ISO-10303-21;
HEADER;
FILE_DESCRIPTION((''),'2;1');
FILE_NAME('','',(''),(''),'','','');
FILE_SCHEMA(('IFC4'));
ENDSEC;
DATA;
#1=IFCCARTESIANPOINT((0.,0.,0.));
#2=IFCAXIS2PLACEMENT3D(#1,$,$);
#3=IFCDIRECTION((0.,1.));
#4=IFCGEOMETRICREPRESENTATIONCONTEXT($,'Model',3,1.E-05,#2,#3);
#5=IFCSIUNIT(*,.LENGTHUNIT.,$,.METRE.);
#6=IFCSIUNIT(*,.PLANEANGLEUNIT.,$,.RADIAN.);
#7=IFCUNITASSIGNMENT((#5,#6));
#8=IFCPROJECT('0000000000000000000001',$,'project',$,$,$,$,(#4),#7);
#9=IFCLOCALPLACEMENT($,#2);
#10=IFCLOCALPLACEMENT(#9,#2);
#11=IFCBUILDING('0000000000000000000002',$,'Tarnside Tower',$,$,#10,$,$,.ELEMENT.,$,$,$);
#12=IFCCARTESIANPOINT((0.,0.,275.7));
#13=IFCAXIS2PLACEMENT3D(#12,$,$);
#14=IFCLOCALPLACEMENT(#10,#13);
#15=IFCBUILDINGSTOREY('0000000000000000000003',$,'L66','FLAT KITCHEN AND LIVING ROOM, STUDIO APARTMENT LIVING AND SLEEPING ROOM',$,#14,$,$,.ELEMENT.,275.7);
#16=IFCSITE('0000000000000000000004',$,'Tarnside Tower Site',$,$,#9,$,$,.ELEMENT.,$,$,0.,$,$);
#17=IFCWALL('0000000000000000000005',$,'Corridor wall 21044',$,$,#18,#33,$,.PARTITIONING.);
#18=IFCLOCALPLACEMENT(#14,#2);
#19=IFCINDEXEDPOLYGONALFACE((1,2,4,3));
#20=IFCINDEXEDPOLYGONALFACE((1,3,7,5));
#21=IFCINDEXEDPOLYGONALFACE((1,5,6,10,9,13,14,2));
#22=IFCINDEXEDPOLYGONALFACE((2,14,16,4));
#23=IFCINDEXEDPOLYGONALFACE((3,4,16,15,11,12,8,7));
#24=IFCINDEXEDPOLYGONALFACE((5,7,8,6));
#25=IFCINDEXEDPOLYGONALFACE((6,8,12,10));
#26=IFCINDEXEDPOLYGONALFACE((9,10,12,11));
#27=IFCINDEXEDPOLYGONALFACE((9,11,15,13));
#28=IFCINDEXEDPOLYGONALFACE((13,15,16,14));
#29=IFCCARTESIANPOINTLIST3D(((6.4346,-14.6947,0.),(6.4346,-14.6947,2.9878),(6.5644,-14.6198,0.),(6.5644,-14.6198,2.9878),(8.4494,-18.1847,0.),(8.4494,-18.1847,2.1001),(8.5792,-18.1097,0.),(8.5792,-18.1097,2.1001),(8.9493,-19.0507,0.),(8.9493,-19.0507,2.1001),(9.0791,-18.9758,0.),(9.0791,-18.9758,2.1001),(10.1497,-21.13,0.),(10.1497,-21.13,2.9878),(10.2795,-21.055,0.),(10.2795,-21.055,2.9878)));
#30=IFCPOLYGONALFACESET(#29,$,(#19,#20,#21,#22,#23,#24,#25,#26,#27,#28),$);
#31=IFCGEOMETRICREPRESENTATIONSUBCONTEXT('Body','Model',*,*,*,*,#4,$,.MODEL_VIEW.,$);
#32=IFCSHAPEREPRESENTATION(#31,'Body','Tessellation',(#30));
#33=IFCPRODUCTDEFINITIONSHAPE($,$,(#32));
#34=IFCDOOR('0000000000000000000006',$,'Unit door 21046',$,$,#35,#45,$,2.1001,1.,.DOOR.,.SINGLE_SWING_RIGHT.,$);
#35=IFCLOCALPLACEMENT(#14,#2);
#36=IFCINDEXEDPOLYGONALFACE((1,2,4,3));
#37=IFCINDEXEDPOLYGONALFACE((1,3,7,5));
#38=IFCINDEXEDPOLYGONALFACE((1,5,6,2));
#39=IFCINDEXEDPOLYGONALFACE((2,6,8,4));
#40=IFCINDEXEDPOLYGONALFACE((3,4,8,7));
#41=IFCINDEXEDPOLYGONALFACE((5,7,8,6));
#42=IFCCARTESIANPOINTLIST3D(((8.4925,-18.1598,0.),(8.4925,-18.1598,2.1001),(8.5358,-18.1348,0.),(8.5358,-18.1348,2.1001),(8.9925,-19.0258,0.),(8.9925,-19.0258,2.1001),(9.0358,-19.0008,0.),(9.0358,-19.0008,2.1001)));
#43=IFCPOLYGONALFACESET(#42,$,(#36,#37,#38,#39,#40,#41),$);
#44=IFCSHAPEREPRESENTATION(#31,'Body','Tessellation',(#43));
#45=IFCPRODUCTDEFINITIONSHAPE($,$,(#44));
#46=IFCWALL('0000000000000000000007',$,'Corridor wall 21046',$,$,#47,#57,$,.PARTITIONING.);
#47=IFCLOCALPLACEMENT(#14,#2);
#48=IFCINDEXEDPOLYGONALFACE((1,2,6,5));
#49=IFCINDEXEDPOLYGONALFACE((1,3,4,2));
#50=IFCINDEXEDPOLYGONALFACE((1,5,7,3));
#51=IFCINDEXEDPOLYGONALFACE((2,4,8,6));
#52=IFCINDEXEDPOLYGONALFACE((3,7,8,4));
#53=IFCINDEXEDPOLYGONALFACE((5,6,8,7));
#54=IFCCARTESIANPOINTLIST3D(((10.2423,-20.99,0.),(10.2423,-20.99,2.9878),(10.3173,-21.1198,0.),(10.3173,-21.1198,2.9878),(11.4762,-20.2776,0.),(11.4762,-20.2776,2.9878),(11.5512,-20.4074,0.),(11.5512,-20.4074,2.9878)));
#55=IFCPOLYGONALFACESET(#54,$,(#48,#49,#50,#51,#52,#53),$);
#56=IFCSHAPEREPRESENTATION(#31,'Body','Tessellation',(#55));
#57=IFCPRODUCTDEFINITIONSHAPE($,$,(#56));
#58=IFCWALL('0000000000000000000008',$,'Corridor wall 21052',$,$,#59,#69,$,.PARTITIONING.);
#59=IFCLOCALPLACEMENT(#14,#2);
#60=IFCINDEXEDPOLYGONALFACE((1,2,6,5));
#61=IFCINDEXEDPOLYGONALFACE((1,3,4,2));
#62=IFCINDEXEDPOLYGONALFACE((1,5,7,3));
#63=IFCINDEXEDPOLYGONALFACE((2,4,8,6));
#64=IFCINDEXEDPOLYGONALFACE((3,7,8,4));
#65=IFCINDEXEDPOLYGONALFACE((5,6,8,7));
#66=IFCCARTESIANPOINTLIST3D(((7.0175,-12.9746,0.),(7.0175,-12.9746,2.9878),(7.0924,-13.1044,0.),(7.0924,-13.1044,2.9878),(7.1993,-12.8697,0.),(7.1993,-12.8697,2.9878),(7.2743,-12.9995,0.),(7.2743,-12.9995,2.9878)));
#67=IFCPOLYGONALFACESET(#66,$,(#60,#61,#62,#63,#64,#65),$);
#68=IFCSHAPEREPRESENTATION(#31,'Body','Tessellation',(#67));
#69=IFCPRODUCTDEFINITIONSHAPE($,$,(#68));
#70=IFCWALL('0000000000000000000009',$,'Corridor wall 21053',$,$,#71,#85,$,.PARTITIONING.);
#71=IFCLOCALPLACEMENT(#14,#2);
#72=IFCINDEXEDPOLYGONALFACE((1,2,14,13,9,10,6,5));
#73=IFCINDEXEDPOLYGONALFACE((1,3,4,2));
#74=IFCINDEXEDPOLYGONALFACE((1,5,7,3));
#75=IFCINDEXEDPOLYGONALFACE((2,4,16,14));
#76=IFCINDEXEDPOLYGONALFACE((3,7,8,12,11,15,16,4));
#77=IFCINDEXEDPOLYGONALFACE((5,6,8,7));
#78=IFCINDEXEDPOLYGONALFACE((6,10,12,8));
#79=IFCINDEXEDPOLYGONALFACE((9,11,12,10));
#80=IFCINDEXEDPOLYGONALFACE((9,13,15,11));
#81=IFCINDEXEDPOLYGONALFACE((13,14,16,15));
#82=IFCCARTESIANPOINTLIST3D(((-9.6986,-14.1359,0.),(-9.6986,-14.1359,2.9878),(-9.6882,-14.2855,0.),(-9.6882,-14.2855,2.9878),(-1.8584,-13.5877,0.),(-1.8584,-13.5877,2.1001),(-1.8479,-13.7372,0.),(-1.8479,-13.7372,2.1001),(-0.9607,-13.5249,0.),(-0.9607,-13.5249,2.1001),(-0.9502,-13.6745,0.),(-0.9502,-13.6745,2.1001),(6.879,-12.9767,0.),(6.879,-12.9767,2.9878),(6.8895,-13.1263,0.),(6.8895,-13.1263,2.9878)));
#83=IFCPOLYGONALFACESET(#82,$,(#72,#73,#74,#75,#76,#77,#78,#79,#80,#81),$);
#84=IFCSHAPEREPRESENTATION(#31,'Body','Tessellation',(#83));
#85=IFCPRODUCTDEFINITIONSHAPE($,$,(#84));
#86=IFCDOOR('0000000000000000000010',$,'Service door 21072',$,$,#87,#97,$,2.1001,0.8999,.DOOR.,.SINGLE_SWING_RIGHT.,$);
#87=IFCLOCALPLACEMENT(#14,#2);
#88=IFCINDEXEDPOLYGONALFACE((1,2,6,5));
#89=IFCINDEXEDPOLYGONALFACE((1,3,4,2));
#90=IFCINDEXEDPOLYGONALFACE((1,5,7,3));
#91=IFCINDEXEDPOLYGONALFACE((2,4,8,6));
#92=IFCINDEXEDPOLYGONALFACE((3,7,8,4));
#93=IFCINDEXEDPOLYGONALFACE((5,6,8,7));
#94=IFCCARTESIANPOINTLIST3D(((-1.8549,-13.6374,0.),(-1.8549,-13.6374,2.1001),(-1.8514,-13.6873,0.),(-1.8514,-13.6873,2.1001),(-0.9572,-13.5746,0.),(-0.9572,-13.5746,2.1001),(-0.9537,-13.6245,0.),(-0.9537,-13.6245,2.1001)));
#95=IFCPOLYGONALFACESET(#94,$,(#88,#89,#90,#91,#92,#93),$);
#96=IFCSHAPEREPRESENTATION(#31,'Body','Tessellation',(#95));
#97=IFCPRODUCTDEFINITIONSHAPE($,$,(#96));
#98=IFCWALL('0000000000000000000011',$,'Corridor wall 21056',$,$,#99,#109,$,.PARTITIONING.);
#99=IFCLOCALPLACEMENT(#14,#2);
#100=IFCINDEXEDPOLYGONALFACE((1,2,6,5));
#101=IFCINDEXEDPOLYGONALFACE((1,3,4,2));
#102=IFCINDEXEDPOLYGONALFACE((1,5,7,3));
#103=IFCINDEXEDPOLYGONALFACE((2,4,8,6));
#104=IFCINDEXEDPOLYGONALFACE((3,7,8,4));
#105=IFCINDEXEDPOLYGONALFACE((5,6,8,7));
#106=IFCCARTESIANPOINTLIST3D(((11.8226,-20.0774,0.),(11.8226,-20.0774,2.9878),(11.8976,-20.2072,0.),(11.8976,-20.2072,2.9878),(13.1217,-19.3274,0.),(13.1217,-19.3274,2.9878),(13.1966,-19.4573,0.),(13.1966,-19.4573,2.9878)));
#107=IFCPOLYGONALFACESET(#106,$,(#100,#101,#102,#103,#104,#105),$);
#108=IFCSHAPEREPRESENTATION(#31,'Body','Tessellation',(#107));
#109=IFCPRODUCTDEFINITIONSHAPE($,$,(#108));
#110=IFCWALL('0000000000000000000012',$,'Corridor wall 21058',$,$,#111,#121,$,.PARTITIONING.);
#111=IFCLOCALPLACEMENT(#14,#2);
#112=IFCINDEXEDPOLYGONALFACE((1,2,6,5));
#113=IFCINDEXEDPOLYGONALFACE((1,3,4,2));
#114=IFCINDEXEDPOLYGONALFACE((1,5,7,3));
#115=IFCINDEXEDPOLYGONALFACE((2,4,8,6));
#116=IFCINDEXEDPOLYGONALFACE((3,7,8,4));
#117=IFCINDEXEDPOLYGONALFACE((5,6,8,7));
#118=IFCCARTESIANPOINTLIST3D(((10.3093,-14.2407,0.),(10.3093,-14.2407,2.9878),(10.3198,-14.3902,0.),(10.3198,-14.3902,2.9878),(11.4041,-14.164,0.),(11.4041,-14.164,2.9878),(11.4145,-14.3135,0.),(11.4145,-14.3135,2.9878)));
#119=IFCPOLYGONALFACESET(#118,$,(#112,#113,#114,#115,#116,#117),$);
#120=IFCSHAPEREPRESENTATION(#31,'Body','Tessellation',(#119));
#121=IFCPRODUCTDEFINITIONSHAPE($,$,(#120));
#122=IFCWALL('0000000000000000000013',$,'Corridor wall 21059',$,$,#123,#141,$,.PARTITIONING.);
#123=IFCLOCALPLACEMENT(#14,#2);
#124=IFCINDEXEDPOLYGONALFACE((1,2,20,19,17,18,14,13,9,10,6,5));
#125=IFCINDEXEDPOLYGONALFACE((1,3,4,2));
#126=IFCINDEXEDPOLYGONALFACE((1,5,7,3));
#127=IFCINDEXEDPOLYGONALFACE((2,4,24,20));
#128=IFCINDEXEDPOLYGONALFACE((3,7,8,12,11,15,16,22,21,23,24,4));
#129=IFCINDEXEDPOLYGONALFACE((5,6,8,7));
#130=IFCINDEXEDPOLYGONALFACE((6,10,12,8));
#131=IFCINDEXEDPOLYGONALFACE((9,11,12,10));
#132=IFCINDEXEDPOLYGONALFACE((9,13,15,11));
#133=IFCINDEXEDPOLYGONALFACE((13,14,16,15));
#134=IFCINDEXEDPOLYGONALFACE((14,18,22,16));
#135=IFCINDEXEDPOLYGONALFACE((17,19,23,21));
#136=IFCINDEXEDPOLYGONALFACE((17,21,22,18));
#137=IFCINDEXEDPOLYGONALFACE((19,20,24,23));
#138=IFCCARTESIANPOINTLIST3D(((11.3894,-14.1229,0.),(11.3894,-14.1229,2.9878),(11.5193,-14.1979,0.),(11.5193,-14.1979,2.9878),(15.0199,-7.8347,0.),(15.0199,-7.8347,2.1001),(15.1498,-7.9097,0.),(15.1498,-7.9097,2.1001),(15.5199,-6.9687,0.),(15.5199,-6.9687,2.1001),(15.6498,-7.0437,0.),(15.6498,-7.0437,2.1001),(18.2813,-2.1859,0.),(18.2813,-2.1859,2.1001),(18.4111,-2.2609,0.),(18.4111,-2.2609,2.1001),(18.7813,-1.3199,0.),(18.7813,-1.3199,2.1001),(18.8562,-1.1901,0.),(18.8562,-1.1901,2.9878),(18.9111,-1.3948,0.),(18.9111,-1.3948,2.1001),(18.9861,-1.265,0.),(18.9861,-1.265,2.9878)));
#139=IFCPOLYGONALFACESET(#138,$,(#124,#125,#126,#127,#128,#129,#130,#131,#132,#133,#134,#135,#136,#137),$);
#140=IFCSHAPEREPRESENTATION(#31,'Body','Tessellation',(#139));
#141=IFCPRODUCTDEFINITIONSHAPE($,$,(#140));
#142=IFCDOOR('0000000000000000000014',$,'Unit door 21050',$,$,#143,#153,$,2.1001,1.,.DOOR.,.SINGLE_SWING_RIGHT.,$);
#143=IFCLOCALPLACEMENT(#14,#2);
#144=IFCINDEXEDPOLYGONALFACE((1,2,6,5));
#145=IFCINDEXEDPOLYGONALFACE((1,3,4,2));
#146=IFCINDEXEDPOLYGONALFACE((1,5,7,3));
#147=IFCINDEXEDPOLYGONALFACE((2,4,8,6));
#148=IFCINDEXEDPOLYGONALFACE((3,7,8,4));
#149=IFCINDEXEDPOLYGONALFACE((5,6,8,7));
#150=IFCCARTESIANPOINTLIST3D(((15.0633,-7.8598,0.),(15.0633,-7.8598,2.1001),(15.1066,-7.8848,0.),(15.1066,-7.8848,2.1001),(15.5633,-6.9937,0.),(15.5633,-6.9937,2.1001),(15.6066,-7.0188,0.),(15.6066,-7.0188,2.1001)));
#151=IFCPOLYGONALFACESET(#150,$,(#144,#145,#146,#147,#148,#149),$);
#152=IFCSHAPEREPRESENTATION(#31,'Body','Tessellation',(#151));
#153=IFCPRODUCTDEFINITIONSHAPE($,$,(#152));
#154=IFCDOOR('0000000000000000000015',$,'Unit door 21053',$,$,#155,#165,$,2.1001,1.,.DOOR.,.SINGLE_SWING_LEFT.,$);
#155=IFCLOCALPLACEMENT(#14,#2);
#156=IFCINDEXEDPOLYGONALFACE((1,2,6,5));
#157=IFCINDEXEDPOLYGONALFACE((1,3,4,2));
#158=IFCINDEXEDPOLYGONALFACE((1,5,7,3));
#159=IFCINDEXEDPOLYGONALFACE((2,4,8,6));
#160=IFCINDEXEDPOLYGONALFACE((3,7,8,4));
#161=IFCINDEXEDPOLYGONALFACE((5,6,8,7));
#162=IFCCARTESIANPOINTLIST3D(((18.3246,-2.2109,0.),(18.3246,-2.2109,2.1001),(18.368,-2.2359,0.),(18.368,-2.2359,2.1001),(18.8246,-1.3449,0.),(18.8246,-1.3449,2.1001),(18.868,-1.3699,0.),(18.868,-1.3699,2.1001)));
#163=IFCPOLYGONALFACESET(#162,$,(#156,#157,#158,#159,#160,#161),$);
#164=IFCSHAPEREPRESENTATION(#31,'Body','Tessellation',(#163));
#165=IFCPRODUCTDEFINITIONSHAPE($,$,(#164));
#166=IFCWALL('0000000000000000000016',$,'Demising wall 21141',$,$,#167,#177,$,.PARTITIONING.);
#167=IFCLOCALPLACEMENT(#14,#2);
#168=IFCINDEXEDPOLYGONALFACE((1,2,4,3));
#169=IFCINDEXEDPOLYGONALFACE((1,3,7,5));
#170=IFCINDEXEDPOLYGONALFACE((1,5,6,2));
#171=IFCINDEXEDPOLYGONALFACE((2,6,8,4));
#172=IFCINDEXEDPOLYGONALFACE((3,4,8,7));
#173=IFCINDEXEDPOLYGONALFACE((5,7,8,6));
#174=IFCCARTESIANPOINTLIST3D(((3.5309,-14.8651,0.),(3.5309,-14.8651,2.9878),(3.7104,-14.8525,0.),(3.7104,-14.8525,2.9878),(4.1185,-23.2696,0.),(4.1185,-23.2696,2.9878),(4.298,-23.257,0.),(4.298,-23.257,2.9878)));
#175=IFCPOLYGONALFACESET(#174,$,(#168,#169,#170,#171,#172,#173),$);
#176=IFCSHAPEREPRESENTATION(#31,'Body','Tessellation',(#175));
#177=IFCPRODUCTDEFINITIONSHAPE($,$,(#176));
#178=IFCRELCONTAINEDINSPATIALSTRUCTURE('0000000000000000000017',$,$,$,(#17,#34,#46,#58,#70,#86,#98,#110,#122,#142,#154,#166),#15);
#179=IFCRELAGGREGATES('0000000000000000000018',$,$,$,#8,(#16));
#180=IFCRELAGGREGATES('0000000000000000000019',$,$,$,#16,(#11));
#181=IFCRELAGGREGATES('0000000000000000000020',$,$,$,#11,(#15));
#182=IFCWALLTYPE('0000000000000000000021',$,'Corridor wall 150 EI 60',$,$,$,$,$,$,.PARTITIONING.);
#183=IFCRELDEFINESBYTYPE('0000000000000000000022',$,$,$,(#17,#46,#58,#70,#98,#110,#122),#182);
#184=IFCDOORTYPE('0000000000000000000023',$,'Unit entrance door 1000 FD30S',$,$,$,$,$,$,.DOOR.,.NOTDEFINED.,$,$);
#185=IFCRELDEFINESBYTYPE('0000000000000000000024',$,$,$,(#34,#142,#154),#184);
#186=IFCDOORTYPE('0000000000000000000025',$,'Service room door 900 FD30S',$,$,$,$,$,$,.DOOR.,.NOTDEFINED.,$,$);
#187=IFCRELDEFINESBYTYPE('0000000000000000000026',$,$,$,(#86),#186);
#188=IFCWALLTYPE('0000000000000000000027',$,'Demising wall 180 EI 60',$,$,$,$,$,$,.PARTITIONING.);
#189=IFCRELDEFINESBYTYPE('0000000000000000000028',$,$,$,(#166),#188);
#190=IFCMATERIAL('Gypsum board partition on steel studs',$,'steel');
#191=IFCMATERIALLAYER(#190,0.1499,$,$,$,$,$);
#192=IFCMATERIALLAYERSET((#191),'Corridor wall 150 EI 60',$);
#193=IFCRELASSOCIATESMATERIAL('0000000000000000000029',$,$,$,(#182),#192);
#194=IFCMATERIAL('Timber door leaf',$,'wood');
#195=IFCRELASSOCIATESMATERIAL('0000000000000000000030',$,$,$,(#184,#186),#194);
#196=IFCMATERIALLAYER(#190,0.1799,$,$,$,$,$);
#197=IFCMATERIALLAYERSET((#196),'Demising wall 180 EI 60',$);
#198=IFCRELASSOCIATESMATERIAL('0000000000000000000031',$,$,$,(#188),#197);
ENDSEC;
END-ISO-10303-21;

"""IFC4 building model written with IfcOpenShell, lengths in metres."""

from ifc_helpers import new_model, si_unit, direction, frame, frame_2d, origin, place, context, subcontext, project, spatial, rectangle, extrude, material, layer, layer_set, type_object, element, fill, save


model = new_model("IFC4")

# Units and contexts
model_context = context("Model", 3, precision=1e-05, world=origin(), true_north=direction((0.0, 1.0)))
body_context = subcontext(model_context, "Body", "Model", "MODEL_VIEW")
ifc_project = project(units=[si_unit("LENGTHUNIT", "METRE"), si_unit("PLANEANGLEUNIT", "RADIAN")], contexts=[model_context])

# Site, building, storey
site_placement = place(None, origin())
site = spatial("IfcSite", under=ifc_project, at=site_placement, Name="Tarnside Tower Site", CompositionType="ELEMENT", RefElevation=0.0)
building_placement = place(site_placement, origin())
building = spatial("IfcBuilding", under=site, at=building_placement, Name="Tarnside Tower", CompositionType="ELEMENT")
storey_placement = place(building_placement, frame((0.0, 0.0, 275.7)))
storey = spatial("IfcBuildingStorey", under=building, at=storey_placement, Name="L66", Description="FLAT KITCHEN AND LIVING ROOM, STUDIO APARTMENT LIVING AND SLEEPING ROOM", CompositionType="ELEMENT", Elevation=275.7)

# Wall, opening, door
ifc_material_1 = material(Name="Gypsum board partition on steel studs", Category="steel")
ifc_layer_1 = layer(ifc_material_1, 0.1499)
ifc_layer_set_1 = layer_set([ifc_layer_1], Name="Corridor wall 150 EI 60")
wall_type_1 = type_object("IfcWallType", Name="Corridor wall 150 EI 60", PredefinedType="PARTITIONING", material=ifc_layer_set_1)
wall_1_placement = place(storey_placement, frame((6.4995, -14.6572, 0.0), z_axis=(0.0, 0.0, 1.0), x_axis=(0.499966, -0.866045, 0.0)))
wall_1 = element("IfcWall", 1, at=wall_1_placement, inside=storey, type_object=wall_type_1, Name="Corridor wall 21044", PredefinedType="PARTITIONING", context=body_context, shape_type="SweptSolid", body=[
    extrude(rectangle(XDim=7.4307, YDim=0.1499, at=frame_2d((3.7153, 0.0))), origin(), (0.0, 0.0, 1.0), 2.9878),
])
opening_1_placement = place(wall_1_placement, frame((4.0298, 0.0, 0.0)))
opening_1 = element("IfcOpeningElement", 2, at=opening_1_placement, cuts=wall_1, PredefinedType="OPENING", context=body_context, shape_type="SweptSolid", body=[
    extrude(rectangle(XDim=1.0, YDim=2.1001, at=frame_2d((0.5, 1.05))), frame((0.0, 0.085, 0.0), z_axis=(0.0, -1.0, 0.0), x_axis=(1.0, 0.0, 0.0)), (0.0, 0.0, 1.0), 0.1699),
])
ifc_material_2 = material(Name="Timber door leaf", Category="wood")
door_type_1 = type_object("IfcDoorType", Name="Unit entrance door 1000 FD30S", OperationType="NOTDEFINED", PredefinedType="DOOR", material=ifc_material_2)
door_1_placement = place(opening_1_placement, origin())
door_1 = element("IfcDoor", 3, at=door_1_placement, inside=storey, type_object=door_type_1, Name="Unit door 21046", OperationType="SINGLE_SWING_RIGHT", OverallHeight=2.1001, OverallWidth=1.0, PredefinedType="DOOR", context=body_context, shape_type="SweptSolid", body=[
    extrude(rectangle(XDim=1.0, YDim=2.1001, at=frame_2d((0.5, 1.05))), frame((0.0, 0.0249, 0.0), z_axis=(0.0, -1.0, 0.0), x_axis=(1.0, 0.0, 0.0)), (0.0, 0.0, 1.0), 0.05),
])
fill(opening_1, door_1)

# Walls
wall_2_placement = place(storey_placement, frame((10.2798, -21.0549, 0.0), z_axis=(0.0, 0.0, 1.0), x_axis=(0.86602, 0.500009, 0.0)))
element("IfcWall", 4, at=wall_2_placement, inside=storey, type_object=wall_type_1, Name="Corridor wall 21046", PredefinedType="PARTITIONING", context=body_context, shape_type="SweptSolid", body=[
    extrude(rectangle(XDim=1.4248, YDim=0.1499, at=frame_2d((0.7124, 0.0))), origin(), (0.0, 0.0, 1.0), 2.9878),
])
wall_3_placement = place(storey_placement, frame((7.2368, -12.9346, 0.0), z_axis=(0.0, 0.0, 1.0), x_axis=(-0.866089, -0.49989, 0.0)))
element("IfcWall", 5, at=wall_3_placement, inside=storey, type_object=wall_type_1, Name="Corridor wall 21052", PredefinedType="PARTITIONING", context=body_context, shape_type="SweptSolid", body=[
    extrude(rectangle(XDim=0.21, YDim=0.1499, at=frame_2d((0.105, 0.0))), origin(), (0.0, 0.0, 1.0), 2.9878),
])

# Wall, opening, door
wall_4_placement = place(storey_placement, frame((6.8843, -13.0515, 0.0), z_axis=(0.0, 0.0, 1.0), x_axis=(-0.997564, -0.069754, 0.0)))
wall_4 = element("IfcWall", 6, at=wall_4_placement, inside=storey, type_object=wall_type_1, Name="Corridor wall 21053", PredefinedType="PARTITIONING", context=body_context, shape_type="SweptSolid", body=[
    extrude(rectangle(XDim=16.6182, YDim=0.1499, at=frame_2d((8.3091, 0.0))), origin(), (0.0, 0.0, 1.0), 2.9878),
])
opening_2_placement = place(wall_4_placement, frame((7.8589, 0.0, 0.0)))
opening_2 = element("IfcOpeningElement", 7, at=opening_2_placement, cuts=wall_4, PredefinedType="OPENING", context=body_context, shape_type="SweptSolid", body=[
    extrude(rectangle(XDim=0.8999, YDim=2.1001, at=frame_2d((0.45, 1.05))), frame((0.0, 0.085, 0.0), z_axis=(0.0, -1.0, 0.0), x_axis=(1.0, 0.0, 0.0)), (0.0, 0.0, 1.0), 0.1699),
])
door_type_2 = type_object("IfcDoorType", Name="Service room door 900 FD30S", OperationType="NOTDEFINED", PredefinedType="DOOR", material=ifc_material_2)
door_2_placement = place(opening_2_placement, origin())
door_2 = element("IfcDoor", 8, at=door_2_placement, inside=storey, type_object=door_type_2, Name="Service door 21072", OperationType="SINGLE_SWING_RIGHT", OverallHeight=2.1001, OverallWidth=0.8999, PredefinedType="DOOR", context=body_context, shape_type="SweptSolid", body=[
    extrude(rectangle(XDim=0.8999, YDim=2.1001, at=frame_2d((0.45, 1.05))), frame((0.0, 0.0249, 0.0), z_axis=(0.0, -1.0, 0.0), x_axis=(1.0, 0.0, 0.0)), (0.0, 0.0, 1.0), 0.05),
])
fill(opening_2, door_2)

# Walls
wall_5_placement = place(storey_placement, frame((11.8601, -20.1423, 0.0), z_axis=(0.0, 0.0, 1.0), x_axis=(0.866031, 0.49999, 0.0)))
element("IfcWall", 9, at=wall_5_placement, inside=storey, type_object=wall_type_1, Name="Corridor wall 21056", PredefinedType="PARTITIONING", context=body_context, shape_type="SweptSolid", body=[
    extrude(rectangle(XDim=1.5, YDim=0.1499, at=frame_2d((0.75, 0.0))), origin(), (0.0, 0.0, 1.0), 2.9878),
])
wall_6_placement = place(storey_placement, frame((10.3145, -14.3154, 0.0), z_axis=(0.0, 0.0, 1.0), x_axis=(0.997557, 0.069856, 0.0)))
element("IfcWall", 10, at=wall_6_placement, inside=storey, type_object=wall_type_1, Name="Corridor wall 21058", PredefinedType="PARTITIONING", context=body_context, shape_type="SweptSolid", body=[
    extrude(rectangle(XDim=1.0974, YDim=0.1499, at=frame_2d((0.5488, 0.0))), origin(), (0.0, 0.0, 1.0), 2.9878),
])

# Wall, openings, doors
wall_7_placement = place(storey_placement, frame((11.4543, -14.1604, 0.0), z_axis=(0.0, 0.0, 1.0), x_axis=(0.5, 0.866025, 0.0)))
wall_7 = element("IfcWall", 11, at=wall_7_placement, inside=storey, type_object=wall_type_1, Name="Corridor wall 21059", PredefinedType="PARTITIONING", context=body_context, shape_type="SweptSolid", body=[
    extrude(rectangle(XDim=14.9336, YDim=0.1499, at=frame_2d((7.4668, 0.0))), origin(), (0.0, 0.0, 1.0), 2.9878),
])
opening_3_placement = place(wall_7_placement, frame((7.261, 0.0, 0.0)))
opening_3 = element("IfcOpeningElement", 12, at=opening_3_placement, cuts=wall_7, PredefinedType="OPENING", context=body_context, shape_type="SweptSolid", body=[
    extrude(rectangle(XDim=1.0, YDim=2.1001, at=frame_2d((0.5, 1.05))), frame((0.0, 0.085, 0.0), z_axis=(0.0, -1.0, 0.0), x_axis=(1.0, 0.0, 0.0)), (0.0, 0.0, 1.0), 0.1699),
])
opening_4_placement = place(wall_7_placement, frame((13.7837, 0.0, 0.0)))
opening_4 = element("IfcOpeningElement", 13, at=opening_4_placement, cuts=wall_7, PredefinedType="OPENING", context=body_context, shape_type="SweptSolid", body=[
    extrude(rectangle(XDim=1.0, YDim=2.1001, at=frame_2d((0.5, 1.05))), frame((0.0, 0.085, 0.0), z_axis=(0.0, -1.0, 0.0), x_axis=(1.0, 0.0, 0.0)), (0.0, 0.0, 1.0), 0.1699),
])
door_3_placement = place(opening_3_placement, origin())
door_3 = element("IfcDoor", 14, at=door_3_placement, inside=storey, type_object=door_type_1, Name="Unit door 21050", OperationType="SINGLE_SWING_RIGHT", OverallHeight=2.1001, OverallWidth=1.0, PredefinedType="DOOR", context=body_context, shape_type="SweptSolid", body=[
    extrude(rectangle(XDim=1.0, YDim=2.1001, at=frame_2d((0.5, 1.05))), frame((0.0, 0.0249, 0.0), z_axis=(0.0, -1.0, 0.0), x_axis=(1.0, 0.0, 0.0)), (0.0, 0.0, 1.0), 0.05),
])
fill(opening_3, door_3)
door_4_placement = place(opening_4_placement, origin())
door_4 = element("IfcDoor", 15, at=door_4_placement, inside=storey, type_object=door_type_1, Name="Unit door 21053", OperationType="SINGLE_SWING_LEFT", OverallHeight=2.1001, OverallWidth=1.0, PredefinedType="DOOR", context=body_context, shape_type="SweptSolid", body=[
    extrude(rectangle(XDim=1.0, YDim=2.1001, at=frame_2d((0.5, 1.05))), frame((0.0, 0.0249, 0.0), z_axis=(0.0, -1.0, 0.0), x_axis=(1.0, 0.0, 0.0)), (0.0, 0.0, 1.0), 0.05),
])
fill(opening_4, door_4)

# Wall
ifc_layer_2 = layer(ifc_material_1, 0.1799)
ifc_layer_set_2 = layer_set([ifc_layer_2], Name="Demising wall 180 EI 60")
wall_type_2 = type_object("IfcWallType", Name="Demising wall 180 EI 60", PredefinedType="PARTITIONING", material=ifc_layer_set_2)
wall_8_placement = place(storey_placement, frame((4.2083, -23.2632, 0.0), z_axis=(0.0, 0.0, 1.0), x_axis=(-0.06975, 0.997565, 0.0)))
element("IfcWall", 16, at=wall_8_placement, inside=storey, type_object=wall_type_2, Name="Demising wall 21141", PredefinedType="PARTITIONING", context=body_context, shape_type="SweptSolid", body=[
    extrude(rectangle(XDim=8.425, YDim=0.1799, at=frame_2d((4.2124, 0.0))), origin(), (0.0, 0.0, 1.0), 2.9878),
])

save(model, "model.ifc")
